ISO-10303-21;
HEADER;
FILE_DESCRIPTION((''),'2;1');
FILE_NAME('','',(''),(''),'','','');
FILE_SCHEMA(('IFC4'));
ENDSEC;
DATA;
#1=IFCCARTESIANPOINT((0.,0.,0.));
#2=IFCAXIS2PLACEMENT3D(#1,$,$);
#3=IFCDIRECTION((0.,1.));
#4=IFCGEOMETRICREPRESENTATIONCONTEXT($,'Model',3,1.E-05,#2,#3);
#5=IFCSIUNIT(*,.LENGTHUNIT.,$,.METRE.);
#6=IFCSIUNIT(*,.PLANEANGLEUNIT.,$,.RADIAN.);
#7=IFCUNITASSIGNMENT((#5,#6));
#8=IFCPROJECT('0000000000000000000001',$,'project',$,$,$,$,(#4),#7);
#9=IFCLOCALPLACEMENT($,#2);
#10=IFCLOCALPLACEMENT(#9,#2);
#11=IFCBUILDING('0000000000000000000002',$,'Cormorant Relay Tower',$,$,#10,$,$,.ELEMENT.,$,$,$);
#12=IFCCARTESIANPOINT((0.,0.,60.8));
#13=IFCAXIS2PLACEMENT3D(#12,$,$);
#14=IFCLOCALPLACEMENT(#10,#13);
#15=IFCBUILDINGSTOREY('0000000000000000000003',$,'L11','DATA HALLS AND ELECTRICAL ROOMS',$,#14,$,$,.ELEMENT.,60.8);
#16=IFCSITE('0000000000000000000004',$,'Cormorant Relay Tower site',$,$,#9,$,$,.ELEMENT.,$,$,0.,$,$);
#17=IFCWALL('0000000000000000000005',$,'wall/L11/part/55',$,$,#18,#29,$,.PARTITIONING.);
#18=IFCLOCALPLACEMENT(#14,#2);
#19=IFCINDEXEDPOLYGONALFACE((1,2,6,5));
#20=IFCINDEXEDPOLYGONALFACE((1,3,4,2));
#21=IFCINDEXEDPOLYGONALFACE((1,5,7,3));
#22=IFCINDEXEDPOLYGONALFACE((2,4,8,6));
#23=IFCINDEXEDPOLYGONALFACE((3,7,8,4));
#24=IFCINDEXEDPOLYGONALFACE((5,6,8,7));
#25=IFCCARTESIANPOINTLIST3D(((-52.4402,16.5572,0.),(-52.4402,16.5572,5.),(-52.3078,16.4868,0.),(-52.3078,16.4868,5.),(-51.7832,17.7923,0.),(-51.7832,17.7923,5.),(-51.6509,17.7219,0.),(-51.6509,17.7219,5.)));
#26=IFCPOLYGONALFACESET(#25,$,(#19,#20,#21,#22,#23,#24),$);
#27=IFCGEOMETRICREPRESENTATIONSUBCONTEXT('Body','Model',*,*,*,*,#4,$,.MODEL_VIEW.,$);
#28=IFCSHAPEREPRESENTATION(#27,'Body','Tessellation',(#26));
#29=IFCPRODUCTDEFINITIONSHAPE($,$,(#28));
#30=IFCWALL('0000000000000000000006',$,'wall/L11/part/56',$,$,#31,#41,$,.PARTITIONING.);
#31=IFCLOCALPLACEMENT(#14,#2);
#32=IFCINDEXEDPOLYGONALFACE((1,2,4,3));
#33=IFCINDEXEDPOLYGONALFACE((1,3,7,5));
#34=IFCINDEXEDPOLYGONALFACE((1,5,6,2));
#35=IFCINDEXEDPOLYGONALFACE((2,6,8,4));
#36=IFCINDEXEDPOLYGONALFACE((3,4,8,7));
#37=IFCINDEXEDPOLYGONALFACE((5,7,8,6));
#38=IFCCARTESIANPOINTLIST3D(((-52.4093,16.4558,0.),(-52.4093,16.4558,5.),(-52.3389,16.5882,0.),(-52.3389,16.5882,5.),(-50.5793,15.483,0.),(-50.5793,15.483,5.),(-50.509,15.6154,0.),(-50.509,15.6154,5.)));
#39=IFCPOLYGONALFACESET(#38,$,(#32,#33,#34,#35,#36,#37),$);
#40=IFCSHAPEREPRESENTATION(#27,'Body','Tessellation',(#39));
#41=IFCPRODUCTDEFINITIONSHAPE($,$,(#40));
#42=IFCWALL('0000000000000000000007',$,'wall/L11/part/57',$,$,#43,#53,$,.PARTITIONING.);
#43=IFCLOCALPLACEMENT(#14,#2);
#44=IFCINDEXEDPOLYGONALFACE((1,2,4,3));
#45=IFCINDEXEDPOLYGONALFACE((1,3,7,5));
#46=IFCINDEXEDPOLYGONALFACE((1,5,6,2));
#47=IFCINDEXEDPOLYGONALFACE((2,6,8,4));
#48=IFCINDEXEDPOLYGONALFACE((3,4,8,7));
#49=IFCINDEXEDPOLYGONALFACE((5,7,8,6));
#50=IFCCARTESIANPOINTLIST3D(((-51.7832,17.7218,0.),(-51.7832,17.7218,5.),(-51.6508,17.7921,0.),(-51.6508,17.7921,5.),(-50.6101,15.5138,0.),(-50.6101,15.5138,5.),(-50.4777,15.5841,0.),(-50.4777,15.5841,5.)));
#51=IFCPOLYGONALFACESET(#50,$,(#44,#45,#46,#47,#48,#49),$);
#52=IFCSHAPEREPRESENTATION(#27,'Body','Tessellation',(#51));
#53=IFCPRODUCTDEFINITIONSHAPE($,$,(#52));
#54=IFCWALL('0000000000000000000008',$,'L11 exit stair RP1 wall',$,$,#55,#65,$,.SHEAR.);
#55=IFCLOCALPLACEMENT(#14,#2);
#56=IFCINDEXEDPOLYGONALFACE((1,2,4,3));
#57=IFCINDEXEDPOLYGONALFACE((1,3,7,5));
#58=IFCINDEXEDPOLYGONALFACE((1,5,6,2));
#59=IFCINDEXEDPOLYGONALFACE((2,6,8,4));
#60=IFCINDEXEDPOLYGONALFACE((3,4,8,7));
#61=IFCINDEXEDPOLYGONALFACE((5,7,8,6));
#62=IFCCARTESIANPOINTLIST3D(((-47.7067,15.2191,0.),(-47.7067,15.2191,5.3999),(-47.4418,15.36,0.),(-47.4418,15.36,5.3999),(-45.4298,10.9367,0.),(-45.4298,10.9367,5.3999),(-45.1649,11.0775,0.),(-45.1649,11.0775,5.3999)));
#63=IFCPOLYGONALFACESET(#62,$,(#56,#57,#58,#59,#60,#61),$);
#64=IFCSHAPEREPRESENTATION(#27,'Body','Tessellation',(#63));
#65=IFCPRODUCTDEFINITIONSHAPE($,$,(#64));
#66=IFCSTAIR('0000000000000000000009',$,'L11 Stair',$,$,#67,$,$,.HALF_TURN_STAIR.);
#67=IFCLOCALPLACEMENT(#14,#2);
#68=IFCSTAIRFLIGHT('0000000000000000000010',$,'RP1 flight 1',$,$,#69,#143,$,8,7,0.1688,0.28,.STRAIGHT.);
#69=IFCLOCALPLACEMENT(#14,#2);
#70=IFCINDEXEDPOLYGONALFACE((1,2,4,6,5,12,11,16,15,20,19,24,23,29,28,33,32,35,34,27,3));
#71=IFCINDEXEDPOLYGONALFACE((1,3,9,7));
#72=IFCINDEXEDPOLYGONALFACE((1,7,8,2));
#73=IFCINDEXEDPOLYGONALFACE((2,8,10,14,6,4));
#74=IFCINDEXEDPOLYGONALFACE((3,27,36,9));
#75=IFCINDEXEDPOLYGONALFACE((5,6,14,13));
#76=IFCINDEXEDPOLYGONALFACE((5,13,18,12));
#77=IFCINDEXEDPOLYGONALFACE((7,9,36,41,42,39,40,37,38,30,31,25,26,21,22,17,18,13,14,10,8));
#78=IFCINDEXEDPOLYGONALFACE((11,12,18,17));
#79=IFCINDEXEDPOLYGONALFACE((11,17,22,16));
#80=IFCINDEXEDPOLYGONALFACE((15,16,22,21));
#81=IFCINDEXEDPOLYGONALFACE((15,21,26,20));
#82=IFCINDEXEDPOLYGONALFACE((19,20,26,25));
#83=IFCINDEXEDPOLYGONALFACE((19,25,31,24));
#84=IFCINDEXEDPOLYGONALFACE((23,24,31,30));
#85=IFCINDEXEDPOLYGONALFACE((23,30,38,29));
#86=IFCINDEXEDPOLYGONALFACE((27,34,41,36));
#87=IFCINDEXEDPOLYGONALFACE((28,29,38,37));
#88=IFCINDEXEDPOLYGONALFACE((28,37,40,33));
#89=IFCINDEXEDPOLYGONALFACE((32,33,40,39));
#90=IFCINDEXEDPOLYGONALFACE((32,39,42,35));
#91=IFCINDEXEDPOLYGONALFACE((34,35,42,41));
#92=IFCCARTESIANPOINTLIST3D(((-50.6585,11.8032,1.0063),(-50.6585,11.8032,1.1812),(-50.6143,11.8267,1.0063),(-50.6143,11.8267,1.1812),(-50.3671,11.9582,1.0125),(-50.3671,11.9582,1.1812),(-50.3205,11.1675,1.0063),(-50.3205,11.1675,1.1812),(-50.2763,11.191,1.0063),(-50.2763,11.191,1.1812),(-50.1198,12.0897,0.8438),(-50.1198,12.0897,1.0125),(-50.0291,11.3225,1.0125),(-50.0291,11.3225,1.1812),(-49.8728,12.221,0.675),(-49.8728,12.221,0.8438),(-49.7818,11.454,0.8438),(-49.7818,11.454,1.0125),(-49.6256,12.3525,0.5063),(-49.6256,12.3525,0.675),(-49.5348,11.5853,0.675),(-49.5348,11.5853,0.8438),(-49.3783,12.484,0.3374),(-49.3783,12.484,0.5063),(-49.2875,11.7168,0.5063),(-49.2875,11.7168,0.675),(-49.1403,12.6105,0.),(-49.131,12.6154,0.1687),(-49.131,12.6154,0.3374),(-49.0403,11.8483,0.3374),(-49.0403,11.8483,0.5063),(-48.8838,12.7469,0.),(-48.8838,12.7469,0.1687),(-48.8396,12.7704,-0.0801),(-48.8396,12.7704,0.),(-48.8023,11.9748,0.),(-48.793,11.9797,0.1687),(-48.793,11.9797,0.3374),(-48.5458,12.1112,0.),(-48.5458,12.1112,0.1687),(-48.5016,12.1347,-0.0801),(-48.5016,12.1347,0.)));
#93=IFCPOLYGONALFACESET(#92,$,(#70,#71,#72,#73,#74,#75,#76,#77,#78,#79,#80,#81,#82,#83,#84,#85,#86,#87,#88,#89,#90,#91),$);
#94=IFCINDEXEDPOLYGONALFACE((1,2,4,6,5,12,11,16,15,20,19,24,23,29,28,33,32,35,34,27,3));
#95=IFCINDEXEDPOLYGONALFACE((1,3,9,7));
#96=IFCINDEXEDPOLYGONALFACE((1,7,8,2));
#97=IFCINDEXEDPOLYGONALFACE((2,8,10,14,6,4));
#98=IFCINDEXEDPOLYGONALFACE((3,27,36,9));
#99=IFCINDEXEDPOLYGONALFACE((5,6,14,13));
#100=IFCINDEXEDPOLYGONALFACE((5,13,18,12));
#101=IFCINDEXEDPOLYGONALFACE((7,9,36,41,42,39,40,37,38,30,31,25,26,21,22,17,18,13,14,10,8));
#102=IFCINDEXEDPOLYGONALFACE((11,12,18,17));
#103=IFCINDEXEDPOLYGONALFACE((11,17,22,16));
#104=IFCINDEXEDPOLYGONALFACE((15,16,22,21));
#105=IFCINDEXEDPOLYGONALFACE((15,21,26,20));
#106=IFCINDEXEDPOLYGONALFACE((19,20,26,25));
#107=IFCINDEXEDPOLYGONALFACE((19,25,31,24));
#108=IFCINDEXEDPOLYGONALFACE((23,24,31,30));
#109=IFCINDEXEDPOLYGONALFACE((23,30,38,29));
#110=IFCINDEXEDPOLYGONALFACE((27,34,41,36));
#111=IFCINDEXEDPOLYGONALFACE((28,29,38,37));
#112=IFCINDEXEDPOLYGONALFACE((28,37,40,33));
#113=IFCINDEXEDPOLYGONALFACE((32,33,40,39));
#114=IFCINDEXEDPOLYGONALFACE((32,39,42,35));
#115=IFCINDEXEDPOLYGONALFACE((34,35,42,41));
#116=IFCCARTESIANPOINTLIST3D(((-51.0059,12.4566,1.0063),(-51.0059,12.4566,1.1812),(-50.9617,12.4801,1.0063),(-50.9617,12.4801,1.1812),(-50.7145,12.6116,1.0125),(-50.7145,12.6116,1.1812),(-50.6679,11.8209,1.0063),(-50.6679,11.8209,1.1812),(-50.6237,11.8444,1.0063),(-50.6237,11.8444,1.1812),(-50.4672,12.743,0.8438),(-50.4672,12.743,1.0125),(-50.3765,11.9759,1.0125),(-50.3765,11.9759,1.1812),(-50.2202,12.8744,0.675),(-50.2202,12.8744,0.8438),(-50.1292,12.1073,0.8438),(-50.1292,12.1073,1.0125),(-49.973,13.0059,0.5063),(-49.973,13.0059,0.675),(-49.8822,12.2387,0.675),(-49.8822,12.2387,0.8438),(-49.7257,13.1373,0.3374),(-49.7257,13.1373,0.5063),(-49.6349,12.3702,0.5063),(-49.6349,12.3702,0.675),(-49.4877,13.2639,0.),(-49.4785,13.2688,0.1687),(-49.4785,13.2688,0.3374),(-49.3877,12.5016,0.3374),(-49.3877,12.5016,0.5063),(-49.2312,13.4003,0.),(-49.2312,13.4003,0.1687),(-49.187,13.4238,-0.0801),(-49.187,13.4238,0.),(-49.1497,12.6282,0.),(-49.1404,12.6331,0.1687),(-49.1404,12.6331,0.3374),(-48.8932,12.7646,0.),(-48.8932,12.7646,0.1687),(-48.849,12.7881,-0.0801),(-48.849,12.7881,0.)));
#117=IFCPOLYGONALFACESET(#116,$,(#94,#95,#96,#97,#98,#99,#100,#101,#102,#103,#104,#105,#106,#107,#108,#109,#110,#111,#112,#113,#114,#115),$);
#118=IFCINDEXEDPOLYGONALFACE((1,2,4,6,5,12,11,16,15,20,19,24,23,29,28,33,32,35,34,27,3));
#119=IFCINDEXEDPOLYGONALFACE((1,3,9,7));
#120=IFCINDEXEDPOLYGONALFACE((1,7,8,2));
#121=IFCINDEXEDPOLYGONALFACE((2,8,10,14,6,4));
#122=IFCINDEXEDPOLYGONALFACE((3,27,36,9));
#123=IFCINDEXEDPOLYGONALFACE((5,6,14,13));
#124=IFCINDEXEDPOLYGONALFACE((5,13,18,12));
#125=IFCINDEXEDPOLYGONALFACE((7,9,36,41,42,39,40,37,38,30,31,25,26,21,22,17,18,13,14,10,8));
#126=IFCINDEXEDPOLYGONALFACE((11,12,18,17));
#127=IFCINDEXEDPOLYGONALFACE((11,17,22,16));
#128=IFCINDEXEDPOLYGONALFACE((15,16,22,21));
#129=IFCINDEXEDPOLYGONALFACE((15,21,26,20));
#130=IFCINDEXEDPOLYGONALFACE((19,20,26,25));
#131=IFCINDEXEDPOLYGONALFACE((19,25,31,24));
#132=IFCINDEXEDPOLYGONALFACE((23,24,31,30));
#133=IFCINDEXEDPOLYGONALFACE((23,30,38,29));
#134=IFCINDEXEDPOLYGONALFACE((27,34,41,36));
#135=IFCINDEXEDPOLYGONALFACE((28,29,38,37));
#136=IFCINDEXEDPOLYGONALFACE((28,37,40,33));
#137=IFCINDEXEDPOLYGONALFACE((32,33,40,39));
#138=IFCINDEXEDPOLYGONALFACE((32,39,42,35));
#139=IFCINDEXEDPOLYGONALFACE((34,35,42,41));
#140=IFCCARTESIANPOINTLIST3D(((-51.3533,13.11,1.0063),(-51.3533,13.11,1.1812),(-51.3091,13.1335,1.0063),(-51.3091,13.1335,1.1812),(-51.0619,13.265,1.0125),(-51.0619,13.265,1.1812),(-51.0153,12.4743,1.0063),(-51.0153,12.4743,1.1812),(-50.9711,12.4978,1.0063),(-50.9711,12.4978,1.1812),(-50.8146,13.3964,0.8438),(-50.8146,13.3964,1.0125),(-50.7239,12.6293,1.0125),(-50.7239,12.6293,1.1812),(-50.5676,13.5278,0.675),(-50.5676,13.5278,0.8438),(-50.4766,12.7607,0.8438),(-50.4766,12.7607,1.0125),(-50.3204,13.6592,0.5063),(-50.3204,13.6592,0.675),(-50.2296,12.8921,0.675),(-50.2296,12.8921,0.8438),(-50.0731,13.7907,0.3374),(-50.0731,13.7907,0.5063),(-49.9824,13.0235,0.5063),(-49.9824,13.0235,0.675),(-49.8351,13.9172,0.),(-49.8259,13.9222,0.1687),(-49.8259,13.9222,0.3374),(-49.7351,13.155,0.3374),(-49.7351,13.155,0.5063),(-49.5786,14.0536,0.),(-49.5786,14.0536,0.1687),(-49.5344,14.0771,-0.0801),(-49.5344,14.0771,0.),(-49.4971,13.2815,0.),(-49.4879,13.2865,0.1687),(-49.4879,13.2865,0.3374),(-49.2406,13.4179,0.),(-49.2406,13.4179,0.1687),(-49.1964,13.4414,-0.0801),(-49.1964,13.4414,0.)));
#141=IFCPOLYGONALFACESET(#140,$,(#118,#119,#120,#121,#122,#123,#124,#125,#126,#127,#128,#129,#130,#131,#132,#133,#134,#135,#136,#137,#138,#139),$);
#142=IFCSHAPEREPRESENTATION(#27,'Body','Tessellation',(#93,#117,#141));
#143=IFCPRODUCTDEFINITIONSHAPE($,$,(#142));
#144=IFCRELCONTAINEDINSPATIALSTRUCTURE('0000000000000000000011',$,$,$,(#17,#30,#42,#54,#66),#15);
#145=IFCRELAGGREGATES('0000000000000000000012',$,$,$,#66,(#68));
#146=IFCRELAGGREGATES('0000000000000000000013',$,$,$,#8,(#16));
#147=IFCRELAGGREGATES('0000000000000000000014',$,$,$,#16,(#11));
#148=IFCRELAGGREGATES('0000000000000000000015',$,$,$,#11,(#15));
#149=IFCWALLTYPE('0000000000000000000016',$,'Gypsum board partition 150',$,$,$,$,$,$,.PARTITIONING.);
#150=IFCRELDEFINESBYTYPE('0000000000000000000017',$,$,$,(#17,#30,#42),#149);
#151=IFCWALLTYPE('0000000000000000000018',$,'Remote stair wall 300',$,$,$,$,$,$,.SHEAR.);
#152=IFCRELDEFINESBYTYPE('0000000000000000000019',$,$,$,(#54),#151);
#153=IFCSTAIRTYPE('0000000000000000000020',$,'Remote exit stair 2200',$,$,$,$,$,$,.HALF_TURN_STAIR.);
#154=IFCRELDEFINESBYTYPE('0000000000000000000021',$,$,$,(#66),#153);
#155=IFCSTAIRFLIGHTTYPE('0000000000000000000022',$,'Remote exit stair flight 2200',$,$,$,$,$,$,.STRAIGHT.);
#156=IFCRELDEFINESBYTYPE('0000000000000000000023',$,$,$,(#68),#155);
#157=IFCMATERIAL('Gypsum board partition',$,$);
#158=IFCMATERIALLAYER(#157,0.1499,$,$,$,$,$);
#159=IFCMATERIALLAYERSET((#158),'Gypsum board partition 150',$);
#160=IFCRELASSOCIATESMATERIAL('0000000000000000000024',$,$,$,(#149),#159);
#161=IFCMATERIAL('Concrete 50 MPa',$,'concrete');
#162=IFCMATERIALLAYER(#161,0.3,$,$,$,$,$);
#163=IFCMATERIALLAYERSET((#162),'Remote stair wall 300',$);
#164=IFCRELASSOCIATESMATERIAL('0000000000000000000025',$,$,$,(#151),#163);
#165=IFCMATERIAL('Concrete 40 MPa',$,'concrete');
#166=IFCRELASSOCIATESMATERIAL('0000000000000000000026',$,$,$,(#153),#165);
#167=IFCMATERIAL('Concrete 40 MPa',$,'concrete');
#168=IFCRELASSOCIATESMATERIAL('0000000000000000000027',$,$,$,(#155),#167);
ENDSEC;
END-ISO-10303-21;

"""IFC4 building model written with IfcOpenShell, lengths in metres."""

from ifc_helpers import new_model, si_unit, direction, frame, frame_2d, origin, place, context, subcontext, project, spatial, polyline, rectangle, outline, extrude, material, layer, layer_set, type_object, element, aggregate, save


model = new_model("IFC4")

# Units and contexts
model_context = context("Model", 3, precision=1e-05, world=origin(), true_north=direction((0.0, 1.0)))
body_context = subcontext(model_context, "Body", "Model", "MODEL_VIEW")
ifc_project = project(units=[si_unit("LENGTHUNIT", "METRE"), si_unit("PLANEANGLEUNIT", "RADIAN")], contexts=[model_context])

# Site, building, storey
site_placement = place(None, origin())
site = spatial("IfcSite", under=ifc_project, at=site_placement, Name="Cormorant Relay Tower site", CompositionType="ELEMENT", RefElevation=0.0)
building_placement = place(site_placement, origin())
building = spatial("IfcBuilding", under=site, at=building_placement, Name="Cormorant Relay Tower", CompositionType="ELEMENT")
storey_placement = place(building_placement, frame((0.0, 0.0, 60.8)))
storey = spatial("IfcBuildingStorey", under=building, at=storey_placement, Name="L11", Description="DATA HALLS AND ELECTRICAL ROOMS", CompositionType="ELEMENT", Elevation=60.8)

# Shared definitions
ifc_material_1 = material(Name="Gypsum board partition")
ifc_layer_1 = layer(ifc_material_1, 0.1499)
ifc_layer_set_1 = layer_set([ifc_layer_1], Name="Gypsum board partition 150")
wall_type_1 = type_object("IfcWallType", Name="Gypsum board partition 150", PredefinedType="PARTITIONING", material=ifc_layer_set_1)

# Walls
wall_1_placement = place(storey_placement, frame((-51.717, 17.7571, 0.0), z_axis=(0.0, 0.0, 1.0), x_axis=(-0.469619, -0.882869, 0.0)))
element("IfcWall", 1, at=wall_1_placement, inside=storey, type_object=wall_type_1, Name="wall/L11/part/55", PredefinedType="PARTITIONING", context=body_context, shape_type="SweptSolid", body=[
    extrude(rectangle(XDim=1.3989, YDim=0.1499, at=frame_2d((0.6995, 0.0))), origin(), (0.0, 0.0, 1.0), 5.0),
])
wall_2_placement = place(storey_placement, frame((-52.374, 16.522, 0.0), z_axis=(0.0, 0.0, 1.0), x_axis=(0.882981, -0.469408, 0.0)))
element("IfcWall", 2, at=wall_2_placement, inside=storey, type_object=wall_type_1, Name="wall/L11/part/56", PredefinedType="PARTITIONING", context=body_context, shape_type="SweptSolid", body=[
    extrude(rectangle(XDim=2.0725, YDim=0.1499, at=frame_2d((1.0361, 0.0))), origin(), (0.0, 0.0, 1.0), 5.0),
])
wall_3_placement = place(storey_placement, frame((-50.5439, 15.5491, 0.0), z_axis=(0.0, 0.0, 1.0), x_axis=(-0.469184, 0.883101, 0.0)))
element("IfcWall", 3, at=wall_3_placement, inside=storey, type_object=wall_type_1, Name="wall/L11/part/57", PredefinedType="PARTITIONING", context=body_context, shape_type="SweptSolid", body=[
    extrude(rectangle(XDim=2.5002, YDim=0.1499, at=frame_2d((1.25, 0.0))), origin(), (0.0, 0.0, 1.0), 5.0),
])
ifc_material_2 = material(Name="Concrete 50 MPa", Category="concrete")
ifc_layer_2 = layer(ifc_material_2, 0.3)
ifc_layer_set_2 = layer_set([ifc_layer_2], Name="Remote stair wall 300")
wall_type_2 = type_object("IfcWallType", Name="Remote stair wall 300", PredefinedType="SHEAR", material=ifc_layer_set_2)
wall_4_placement = place(storey_placement, frame((-47.5742, 15.2896, 0.0), z_axis=(0.0, 0.0, 1.0), x_axis=(0.469443, -0.882963, 0.0)))
element("IfcWall", 4, at=wall_4_placement, inside=storey, type_object=wall_type_2, Name="L11 exit stair RP1 wall", PredefinedType="SHEAR", context=body_context, shape_type="SweptSolid", body=[
    extrude(rectangle(XDim=4.8501, YDim=0.3, at=frame_2d((2.425, 0.0))), origin(), (0.0, 0.0, 1.0), 5.3999),
])

# Stair, stair flight
ifc_material_3 = material(Name="Concrete 40 MPa", Category="concrete")
stair_type = type_object("IfcStairType", Name="Remote exit stair 2200", PredefinedType="HALF_TURN_STAIR", material=ifc_material_3)
stair_placement = place(storey_placement, origin())
stair = element("IfcStair", 5, at=stair_placement, inside=storey, type_object=stair_type, Name="L11 Stair", PredefinedType="HALF_TURN_STAIR")
ifc_material_4 = material(Name="Concrete 40 MPa", Category="concrete")
stair_flight_type = type_object("IfcStairFlightType", Name="Remote exit stair flight 2200", PredefinedType="STRAIGHT", material=ifc_material_4)
stair_flight_1_placement = place(storey_placement, frame((-49.0623, 13.0825, 0.0), z_axis=(0.0, 0.0, 1.0), x_axis=(-0.882948, -0.469472, 0.0)))
stair_flight_1 = element("IfcStairFlight", 6, at=stair_flight_1_placement, type_object=stair_flight_type, Name="RP1 flight 1", NumberOfRisers=8, NumberOfTreads=7, PredefinedType="STRAIGHT", RiserHeight=0.1688, TreadLength=0.28, context=body_context, shape_type="SweptSolid", body=[
    extrude(outline(polyline([(-0.05, -0.0801), (-0.05, 0.0), (0.0, 0.0), (0.0, 0.1687), (0.28, 0.1687), (0.28, 0.3374), (0.5601, 0.3374), (0.5601, 0.5063), (0.8401, 0.5063), (0.8401, 0.675), (1.1201, 0.675), (1.1201, 0.8438), (1.3999, 0.8438), (1.3999, 1.0125), (1.6799, 1.0125), (1.6799, 1.1812), (1.96, 1.1812), (2.01, 1.1812), (2.01, 1.0063), (1.96, 1.0063), (0.2905, 0.0), (-0.05, -0.0801)])), frame((0.0, 1.1001, 0.0), z_axis=(0.0, -1.0, 0.0), x_axis=(1.0, 0.0, 0.0)), (0.0, 0.0, 1.0), 0.72),
    extrude(outline(polyline([(-0.05, -0.0801), (-0.05, 0.0), (0.0, 0.0), (0.0, 0.1687), (0.28, 0.1687), (0.28, 0.3374), (0.5601, 0.3374), (0.5601, 0.5063), (0.8401, 0.5063), (0.8401, 0.675), (1.1201, 0.675), (1.1201, 0.8438), (1.3999, 0.8438), (1.3999, 1.0125), (1.6799, 1.0125), (1.6799, 1.1812), (1.96, 1.1812), (2.01, 1.1812), (2.01, 1.0063), (1.96, 1.0063), (0.2905, 0.0), (-0.05, -0.0801)])), frame((0.0, 0.3601, 0.0), z_axis=(0.0, -1.0, 0.0), x_axis=(1.0, 0.0, 0.0)), (0.0, 0.0, 1.0), 0.72),
    extrude(outline(polyline([(-0.05, -0.0801), (-0.05, 0.0), (0.0, 0.0), (0.0, 0.1687), (0.28, 0.1687), (0.28, 0.3374), (0.5601, 0.3374), (0.5601, 0.5063), (0.8401, 0.5063), (0.8401, 0.675), (1.1201, 0.675), (1.1201, 0.8438), (1.3999, 0.8438), (1.3999, 1.0125), (1.6799, 1.0125), (1.6799, 1.1812), (1.96, 1.1812), (2.01, 1.1812), (2.01, 1.0063), (1.96, 1.0063), (0.2905, 0.0), (-0.05, -0.0801)])), frame((0.0, -0.3799, 0.0), z_axis=(0.0, -1.0, 0.0), x_axis=(1.0, 0.0, 0.0)), (0.0, 0.0, 1.0), 0.72),
])
aggregate(stair, [stair_flight_1])

save(model, "model.ifc")
